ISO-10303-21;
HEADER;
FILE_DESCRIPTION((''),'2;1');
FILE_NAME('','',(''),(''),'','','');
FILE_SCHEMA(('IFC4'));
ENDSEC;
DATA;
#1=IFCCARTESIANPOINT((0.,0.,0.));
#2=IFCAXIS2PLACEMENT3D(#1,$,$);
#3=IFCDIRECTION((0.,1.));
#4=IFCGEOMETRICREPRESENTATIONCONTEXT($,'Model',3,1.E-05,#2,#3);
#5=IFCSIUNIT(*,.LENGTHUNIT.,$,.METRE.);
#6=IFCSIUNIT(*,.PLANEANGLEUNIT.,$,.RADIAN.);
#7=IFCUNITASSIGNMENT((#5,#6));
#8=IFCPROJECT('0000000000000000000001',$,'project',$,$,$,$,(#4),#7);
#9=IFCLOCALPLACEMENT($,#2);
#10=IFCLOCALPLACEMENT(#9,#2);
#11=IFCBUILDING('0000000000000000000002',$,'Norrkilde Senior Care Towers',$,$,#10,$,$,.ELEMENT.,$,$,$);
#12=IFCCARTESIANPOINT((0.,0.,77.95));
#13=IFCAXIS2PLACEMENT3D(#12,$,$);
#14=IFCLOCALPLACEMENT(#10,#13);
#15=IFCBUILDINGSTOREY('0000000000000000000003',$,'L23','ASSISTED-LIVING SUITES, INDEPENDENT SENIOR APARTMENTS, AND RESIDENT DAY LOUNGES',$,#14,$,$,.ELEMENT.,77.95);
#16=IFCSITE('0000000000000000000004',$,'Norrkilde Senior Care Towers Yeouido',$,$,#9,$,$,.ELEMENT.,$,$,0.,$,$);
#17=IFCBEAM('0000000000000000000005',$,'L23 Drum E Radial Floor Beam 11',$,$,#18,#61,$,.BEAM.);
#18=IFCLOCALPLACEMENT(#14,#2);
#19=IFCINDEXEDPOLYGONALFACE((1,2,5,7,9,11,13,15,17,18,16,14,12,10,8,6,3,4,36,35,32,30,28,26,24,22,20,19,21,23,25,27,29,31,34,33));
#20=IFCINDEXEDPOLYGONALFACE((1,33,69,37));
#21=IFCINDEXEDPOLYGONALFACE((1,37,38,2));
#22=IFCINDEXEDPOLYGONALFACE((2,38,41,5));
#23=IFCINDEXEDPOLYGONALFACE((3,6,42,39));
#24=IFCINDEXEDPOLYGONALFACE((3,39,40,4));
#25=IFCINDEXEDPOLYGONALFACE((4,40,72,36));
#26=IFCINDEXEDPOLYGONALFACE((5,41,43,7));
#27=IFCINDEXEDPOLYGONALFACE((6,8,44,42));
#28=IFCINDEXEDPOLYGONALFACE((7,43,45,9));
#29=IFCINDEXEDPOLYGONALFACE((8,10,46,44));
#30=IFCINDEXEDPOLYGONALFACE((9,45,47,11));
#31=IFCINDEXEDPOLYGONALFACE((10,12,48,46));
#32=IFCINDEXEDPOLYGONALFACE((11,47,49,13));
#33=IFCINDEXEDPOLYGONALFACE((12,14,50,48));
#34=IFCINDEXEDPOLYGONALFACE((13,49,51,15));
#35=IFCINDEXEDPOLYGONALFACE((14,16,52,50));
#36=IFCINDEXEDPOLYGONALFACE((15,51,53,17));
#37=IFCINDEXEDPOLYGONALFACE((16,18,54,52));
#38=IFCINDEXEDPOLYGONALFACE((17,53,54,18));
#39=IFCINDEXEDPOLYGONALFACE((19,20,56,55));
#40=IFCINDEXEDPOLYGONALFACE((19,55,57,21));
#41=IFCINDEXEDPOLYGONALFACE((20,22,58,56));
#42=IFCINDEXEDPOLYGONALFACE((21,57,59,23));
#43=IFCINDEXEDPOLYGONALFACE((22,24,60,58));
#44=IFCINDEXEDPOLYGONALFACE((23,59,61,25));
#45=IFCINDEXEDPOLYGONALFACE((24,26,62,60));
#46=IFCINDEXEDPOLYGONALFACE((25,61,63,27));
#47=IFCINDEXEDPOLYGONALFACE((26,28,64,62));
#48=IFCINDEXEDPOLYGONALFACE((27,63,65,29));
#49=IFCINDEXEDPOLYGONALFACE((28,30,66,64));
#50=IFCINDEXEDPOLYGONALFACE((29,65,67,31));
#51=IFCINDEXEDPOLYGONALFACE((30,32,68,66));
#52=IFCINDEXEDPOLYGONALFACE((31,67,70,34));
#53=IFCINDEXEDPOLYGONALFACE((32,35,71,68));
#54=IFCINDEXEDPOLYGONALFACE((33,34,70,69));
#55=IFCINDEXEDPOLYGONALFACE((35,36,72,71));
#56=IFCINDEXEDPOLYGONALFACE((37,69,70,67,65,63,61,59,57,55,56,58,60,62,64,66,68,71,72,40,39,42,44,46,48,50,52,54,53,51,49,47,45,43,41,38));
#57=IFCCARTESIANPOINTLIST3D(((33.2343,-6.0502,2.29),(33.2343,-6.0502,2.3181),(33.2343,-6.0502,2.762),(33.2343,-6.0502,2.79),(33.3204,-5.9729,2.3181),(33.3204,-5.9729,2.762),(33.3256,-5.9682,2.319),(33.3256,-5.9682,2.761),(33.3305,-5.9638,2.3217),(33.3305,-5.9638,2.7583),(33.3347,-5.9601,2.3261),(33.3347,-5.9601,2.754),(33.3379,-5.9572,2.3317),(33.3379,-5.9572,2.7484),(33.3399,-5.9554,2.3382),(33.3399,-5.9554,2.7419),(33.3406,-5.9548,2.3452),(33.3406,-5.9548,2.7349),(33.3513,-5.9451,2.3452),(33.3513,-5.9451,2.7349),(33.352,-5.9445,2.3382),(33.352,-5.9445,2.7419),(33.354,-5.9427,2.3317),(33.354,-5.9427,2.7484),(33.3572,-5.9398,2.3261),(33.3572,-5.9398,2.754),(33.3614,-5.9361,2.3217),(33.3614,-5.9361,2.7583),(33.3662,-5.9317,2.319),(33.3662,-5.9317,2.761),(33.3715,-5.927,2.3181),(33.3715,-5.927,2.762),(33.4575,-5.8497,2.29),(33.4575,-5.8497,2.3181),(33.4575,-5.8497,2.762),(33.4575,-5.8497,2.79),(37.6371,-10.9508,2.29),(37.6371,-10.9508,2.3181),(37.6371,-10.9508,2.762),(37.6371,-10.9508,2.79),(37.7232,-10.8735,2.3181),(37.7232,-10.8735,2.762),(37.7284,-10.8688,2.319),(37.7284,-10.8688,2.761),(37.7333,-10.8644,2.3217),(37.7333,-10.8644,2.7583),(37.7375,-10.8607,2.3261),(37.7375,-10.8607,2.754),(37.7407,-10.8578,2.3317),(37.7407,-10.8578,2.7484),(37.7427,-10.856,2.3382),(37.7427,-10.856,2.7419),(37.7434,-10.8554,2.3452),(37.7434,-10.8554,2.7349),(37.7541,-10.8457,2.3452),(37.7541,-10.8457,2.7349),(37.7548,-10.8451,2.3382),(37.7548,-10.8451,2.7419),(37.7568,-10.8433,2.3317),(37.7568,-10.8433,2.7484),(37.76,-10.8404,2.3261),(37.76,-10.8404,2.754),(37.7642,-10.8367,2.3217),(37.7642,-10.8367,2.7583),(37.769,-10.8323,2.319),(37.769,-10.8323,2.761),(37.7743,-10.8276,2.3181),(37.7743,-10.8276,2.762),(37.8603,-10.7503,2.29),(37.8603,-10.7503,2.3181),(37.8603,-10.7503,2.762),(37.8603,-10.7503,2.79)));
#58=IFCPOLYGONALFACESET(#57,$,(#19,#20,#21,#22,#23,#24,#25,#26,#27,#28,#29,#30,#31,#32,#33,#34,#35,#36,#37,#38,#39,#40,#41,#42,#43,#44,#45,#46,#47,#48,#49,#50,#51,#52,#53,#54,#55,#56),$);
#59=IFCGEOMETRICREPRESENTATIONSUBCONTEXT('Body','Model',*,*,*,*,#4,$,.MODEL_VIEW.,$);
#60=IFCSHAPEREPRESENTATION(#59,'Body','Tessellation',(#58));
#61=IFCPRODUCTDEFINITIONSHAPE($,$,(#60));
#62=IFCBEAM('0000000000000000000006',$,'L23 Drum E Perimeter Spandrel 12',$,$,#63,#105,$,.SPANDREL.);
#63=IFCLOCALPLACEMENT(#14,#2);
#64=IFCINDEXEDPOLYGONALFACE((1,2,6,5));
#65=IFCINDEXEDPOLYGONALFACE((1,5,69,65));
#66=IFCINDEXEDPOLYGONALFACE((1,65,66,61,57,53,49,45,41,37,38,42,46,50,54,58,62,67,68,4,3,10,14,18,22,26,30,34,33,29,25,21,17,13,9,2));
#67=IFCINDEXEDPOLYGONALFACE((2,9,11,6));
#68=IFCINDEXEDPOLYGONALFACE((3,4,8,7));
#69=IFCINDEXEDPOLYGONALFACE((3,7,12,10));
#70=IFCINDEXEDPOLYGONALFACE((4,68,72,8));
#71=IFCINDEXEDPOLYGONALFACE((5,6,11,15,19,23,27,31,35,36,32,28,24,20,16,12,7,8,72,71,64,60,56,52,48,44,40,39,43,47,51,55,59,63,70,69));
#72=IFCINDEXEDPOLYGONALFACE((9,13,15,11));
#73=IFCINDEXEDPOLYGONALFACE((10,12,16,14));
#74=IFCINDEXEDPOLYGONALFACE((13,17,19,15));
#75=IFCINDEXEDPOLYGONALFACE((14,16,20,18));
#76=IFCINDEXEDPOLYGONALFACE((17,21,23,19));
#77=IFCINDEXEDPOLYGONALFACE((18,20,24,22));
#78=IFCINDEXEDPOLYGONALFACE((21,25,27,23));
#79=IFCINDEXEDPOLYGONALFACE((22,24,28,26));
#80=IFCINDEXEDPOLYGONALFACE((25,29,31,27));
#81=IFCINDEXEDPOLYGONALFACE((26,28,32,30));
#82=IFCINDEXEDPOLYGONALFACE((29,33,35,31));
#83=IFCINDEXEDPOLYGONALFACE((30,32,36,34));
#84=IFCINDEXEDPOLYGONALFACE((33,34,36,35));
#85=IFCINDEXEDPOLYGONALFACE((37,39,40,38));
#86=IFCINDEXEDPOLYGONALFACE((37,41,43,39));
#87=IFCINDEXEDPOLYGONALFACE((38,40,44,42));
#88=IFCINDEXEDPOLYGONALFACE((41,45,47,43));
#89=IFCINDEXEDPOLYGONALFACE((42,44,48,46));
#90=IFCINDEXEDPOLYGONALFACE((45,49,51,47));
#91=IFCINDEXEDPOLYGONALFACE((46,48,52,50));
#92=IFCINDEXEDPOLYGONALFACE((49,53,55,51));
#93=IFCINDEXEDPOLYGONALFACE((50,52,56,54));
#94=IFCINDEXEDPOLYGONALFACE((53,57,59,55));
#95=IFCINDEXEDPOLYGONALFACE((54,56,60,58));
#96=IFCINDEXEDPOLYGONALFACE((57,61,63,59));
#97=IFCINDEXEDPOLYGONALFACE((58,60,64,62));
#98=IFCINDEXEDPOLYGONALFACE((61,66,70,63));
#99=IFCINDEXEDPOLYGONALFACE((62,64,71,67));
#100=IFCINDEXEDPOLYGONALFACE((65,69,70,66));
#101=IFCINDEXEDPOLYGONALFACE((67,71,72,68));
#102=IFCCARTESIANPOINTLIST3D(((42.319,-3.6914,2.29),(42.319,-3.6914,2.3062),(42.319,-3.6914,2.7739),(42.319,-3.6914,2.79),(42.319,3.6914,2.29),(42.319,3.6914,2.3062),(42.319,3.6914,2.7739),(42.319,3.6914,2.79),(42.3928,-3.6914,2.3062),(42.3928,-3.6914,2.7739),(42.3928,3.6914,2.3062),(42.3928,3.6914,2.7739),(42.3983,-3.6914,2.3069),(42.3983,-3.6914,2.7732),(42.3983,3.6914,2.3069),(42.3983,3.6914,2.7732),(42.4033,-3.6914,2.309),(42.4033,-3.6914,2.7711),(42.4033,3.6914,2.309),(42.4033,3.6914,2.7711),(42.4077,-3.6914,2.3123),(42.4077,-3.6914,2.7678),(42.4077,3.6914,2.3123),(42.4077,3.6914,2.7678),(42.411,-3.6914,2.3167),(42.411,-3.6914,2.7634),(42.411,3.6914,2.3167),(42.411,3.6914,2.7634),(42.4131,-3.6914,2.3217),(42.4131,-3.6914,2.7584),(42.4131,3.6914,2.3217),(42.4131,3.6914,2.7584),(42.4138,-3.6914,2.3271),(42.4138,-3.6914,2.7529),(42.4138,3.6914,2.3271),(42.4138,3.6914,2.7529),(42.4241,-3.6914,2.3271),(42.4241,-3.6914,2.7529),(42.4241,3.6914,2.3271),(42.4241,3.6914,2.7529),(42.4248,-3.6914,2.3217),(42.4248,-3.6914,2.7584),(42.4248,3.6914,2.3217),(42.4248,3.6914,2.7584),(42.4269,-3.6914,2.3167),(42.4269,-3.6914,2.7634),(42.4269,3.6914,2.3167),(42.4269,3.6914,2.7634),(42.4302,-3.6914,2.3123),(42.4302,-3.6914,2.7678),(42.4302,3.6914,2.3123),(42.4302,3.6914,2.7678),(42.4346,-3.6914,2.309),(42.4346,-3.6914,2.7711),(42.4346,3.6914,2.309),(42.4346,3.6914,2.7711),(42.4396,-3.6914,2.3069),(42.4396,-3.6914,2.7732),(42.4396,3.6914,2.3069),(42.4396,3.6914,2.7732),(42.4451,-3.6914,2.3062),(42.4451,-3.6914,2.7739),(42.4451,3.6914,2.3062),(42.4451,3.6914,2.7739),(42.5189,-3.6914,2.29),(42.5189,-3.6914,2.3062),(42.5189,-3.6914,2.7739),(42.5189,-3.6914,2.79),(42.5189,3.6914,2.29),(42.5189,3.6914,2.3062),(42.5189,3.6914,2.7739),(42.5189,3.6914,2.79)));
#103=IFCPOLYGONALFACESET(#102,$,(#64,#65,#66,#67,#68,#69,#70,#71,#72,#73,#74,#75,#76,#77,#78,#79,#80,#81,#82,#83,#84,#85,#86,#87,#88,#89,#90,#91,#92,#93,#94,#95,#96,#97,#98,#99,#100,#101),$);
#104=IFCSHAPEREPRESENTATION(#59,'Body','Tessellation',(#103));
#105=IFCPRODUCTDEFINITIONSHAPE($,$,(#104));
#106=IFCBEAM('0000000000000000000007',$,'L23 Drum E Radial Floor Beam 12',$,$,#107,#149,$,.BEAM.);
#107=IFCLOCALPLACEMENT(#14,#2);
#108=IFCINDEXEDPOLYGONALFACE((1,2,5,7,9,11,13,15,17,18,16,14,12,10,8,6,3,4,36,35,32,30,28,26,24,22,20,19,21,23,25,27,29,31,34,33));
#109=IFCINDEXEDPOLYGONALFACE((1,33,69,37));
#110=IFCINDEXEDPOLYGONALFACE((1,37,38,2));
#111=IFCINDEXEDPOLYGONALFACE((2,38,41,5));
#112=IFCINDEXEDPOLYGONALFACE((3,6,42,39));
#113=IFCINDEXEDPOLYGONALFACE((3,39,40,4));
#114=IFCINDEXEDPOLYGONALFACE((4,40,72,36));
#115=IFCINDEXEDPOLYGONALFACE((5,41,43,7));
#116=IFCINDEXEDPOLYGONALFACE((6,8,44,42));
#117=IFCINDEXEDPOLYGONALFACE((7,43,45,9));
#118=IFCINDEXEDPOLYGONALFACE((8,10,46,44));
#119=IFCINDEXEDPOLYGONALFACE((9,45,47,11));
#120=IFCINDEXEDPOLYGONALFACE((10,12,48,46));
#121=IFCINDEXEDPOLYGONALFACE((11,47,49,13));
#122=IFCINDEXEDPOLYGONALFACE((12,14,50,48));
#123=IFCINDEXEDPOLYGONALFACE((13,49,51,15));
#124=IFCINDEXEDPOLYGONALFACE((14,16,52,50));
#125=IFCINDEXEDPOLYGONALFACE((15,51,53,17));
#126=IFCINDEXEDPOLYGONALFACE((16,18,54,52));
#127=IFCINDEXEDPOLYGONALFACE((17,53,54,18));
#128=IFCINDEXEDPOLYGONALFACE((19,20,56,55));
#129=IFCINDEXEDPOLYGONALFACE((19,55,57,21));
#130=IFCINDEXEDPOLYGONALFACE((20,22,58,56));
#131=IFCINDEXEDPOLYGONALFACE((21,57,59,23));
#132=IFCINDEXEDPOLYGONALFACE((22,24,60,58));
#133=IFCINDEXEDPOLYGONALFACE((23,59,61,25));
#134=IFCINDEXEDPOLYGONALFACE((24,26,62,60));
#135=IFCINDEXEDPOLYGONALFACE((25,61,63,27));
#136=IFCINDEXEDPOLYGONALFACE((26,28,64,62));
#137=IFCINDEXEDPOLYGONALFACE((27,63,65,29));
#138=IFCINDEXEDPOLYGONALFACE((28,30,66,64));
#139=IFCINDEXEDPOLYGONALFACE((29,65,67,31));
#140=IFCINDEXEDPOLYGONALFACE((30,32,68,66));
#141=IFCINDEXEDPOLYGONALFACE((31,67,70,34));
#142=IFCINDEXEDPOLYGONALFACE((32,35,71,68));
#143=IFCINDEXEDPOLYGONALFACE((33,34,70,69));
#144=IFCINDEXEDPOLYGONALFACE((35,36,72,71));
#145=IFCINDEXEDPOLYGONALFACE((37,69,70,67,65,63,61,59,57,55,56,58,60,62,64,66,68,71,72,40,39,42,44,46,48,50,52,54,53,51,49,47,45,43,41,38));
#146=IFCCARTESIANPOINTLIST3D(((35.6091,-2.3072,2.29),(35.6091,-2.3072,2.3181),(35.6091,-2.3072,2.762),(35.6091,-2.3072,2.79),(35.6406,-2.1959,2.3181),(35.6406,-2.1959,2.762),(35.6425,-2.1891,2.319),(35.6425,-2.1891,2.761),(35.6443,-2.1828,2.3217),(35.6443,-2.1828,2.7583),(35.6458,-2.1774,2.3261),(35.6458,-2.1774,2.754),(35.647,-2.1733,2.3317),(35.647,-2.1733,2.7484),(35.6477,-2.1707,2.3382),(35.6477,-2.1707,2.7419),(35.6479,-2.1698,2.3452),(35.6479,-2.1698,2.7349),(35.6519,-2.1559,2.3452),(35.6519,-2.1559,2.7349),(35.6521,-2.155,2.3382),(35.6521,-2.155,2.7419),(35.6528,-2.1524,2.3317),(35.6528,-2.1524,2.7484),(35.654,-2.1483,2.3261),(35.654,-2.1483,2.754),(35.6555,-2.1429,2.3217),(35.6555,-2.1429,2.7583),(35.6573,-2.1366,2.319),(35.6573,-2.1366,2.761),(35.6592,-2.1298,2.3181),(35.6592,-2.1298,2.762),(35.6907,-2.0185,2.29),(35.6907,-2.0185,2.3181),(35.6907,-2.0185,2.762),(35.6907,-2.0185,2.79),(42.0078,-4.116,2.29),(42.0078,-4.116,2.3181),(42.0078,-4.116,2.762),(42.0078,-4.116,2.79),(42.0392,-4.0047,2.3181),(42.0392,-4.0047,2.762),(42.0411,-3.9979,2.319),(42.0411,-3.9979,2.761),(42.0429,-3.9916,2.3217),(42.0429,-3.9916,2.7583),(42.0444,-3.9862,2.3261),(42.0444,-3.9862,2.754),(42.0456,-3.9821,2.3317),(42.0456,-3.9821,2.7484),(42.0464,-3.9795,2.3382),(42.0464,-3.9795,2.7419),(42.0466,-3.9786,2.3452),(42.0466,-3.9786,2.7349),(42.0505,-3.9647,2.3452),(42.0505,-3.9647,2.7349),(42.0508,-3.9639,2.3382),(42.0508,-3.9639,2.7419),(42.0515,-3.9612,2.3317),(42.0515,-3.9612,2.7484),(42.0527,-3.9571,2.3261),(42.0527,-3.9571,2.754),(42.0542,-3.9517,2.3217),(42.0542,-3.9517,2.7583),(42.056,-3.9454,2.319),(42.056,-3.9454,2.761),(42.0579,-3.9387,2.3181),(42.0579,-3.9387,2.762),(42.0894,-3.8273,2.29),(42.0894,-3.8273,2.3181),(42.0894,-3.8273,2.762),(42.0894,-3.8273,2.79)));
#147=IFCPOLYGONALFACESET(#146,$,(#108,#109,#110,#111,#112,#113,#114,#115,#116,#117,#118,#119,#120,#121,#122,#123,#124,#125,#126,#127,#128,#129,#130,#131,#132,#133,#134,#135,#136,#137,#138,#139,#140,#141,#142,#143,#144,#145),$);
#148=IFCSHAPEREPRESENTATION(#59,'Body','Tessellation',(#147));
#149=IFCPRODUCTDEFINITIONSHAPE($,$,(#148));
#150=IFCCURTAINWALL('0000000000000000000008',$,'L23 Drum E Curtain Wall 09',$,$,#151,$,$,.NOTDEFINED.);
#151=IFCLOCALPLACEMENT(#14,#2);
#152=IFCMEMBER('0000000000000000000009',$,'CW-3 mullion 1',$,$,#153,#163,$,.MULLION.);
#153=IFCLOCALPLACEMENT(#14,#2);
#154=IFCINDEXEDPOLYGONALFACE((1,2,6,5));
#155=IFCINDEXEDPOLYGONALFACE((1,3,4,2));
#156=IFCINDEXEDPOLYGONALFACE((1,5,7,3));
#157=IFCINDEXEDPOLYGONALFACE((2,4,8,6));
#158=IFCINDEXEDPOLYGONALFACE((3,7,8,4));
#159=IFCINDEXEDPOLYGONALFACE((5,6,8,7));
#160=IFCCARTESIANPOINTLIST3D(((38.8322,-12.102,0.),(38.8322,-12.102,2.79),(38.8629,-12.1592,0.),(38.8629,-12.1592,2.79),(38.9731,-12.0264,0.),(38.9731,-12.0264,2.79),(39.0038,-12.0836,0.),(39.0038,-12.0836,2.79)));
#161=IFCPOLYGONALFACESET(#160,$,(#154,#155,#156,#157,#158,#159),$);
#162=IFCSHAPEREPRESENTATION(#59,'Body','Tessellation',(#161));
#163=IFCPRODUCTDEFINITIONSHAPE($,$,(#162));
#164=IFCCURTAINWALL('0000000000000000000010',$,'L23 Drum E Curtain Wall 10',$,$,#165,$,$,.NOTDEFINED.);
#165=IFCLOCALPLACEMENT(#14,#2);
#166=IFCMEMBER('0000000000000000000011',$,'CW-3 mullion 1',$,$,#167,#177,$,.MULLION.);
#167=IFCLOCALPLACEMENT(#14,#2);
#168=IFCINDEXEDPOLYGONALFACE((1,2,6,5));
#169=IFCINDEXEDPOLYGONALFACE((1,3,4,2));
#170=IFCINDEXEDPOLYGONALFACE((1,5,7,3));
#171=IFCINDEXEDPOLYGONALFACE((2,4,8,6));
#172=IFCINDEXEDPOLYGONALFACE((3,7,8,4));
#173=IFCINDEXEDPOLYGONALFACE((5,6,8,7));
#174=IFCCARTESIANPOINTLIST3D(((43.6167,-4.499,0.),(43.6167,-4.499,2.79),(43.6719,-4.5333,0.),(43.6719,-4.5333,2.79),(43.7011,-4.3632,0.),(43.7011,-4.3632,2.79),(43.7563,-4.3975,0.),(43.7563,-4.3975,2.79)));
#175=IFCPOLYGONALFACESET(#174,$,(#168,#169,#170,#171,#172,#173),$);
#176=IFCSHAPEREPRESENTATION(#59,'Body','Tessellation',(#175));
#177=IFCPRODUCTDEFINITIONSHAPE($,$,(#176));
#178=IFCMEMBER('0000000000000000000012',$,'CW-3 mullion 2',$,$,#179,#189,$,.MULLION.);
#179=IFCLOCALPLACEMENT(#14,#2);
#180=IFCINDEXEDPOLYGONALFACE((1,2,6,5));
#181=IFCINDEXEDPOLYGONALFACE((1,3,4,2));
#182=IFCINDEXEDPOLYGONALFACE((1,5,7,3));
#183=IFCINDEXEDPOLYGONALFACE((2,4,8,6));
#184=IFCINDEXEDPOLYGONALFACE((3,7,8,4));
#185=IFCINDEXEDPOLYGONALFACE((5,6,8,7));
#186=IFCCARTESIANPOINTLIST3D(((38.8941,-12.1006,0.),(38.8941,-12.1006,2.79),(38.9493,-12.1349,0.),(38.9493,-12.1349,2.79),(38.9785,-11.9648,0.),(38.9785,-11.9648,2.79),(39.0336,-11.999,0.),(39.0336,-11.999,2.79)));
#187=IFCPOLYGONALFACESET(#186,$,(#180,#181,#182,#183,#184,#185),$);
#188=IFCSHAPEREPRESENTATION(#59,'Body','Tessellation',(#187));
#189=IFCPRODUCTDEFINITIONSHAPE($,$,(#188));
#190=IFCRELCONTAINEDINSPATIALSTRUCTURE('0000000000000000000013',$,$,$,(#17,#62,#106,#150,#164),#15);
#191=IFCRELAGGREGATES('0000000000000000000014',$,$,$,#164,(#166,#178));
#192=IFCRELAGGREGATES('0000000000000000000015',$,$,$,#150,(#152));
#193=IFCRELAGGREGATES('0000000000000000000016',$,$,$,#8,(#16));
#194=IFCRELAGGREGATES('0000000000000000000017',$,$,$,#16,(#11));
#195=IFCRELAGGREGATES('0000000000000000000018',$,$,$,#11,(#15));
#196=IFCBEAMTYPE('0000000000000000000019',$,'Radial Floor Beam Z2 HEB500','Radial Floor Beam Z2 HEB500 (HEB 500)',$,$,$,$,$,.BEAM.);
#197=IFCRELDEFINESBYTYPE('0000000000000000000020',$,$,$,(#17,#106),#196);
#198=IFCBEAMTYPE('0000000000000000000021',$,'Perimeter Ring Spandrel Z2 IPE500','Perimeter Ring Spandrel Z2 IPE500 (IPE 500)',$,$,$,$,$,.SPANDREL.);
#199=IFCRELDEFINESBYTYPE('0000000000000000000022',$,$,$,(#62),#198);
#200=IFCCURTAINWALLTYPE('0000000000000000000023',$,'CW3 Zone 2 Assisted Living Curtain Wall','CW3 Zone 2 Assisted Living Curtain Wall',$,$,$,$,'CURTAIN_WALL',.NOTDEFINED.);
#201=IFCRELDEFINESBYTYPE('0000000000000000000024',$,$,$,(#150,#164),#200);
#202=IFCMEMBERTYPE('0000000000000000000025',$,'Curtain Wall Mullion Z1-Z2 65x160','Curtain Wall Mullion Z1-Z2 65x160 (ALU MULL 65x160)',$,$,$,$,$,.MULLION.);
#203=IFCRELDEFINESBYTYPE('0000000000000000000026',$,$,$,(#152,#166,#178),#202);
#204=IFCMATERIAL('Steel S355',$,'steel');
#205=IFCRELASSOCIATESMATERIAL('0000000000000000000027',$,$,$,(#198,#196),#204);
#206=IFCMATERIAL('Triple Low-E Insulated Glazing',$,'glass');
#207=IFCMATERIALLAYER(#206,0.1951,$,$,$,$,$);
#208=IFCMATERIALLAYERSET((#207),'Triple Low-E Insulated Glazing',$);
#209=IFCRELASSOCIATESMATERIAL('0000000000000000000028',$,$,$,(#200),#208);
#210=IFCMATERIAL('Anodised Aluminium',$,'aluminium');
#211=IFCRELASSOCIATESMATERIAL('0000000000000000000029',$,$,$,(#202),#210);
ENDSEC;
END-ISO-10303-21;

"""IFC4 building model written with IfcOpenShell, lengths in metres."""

from ifc_helpers import new_model, si_unit, direction, frame, origin, origin_2d, place, context, subcontext, project, spatial, rectangle, i_section, extrude, source, transform, mapped, material, layer, layer_set, material_profile, profile_set, type_object, type_shapes, element, aggregate, save


model = new_model("IFC4")

# Units and contexts
model_context = context("Model", 3, precision=1e-05, world=origin(), true_north=direction((0.0, 1.0)))
body_context = subcontext(model_context, "Body", "Model", "MODEL_VIEW")
ifc_project = project(units=[si_unit("LENGTHUNIT", "METRE"), si_unit("PLANEANGLEUNIT", "RADIAN")], contexts=[model_context])

# Site, building, storey
site_placement = place(None, origin())
site = spatial("IfcSite", under=ifc_project, at=site_placement, Name="Norrkilde Senior Care Towers Yeouido", CompositionType="ELEMENT", RefElevation=0.0)
building_placement = place(site_placement, origin())
building = spatial("IfcBuilding", under=site, at=building_placement, Name="Norrkilde Senior Care Towers", CompositionType="ELEMENT")
storey_placement = place(building_placement, frame((0.0, 0.0, 77.95)))
storey = spatial("IfcBuildingStorey", under=building, at=storey_placement, Name="L23", Description="ASSISTED-LIVING SUITES, INDEPENDENT SENIOR APARTMENTS, AND RESIDENT DAY LOUNGES", CompositionType="ELEMENT", Elevation=77.95)

# Beams
ifc_material_1 = material(Name="Steel S355", Category="steel")
ifc_material_profile_1 = material_profile(ifc_material_1, i_section(OverallWidth=0.2, OverallDepth=0.5, WebThickness=0.0103, FlangeThickness=0.0161, FilletRadius=0.021, at=origin_2d()), Name="IPE 500")
ifc_profile_set_1 = profile_set([ifc_material_profile_1], Name="Steel S355")
beam_type_1 = type_object("IfcBeamType", Name="Perimeter Ring Spandrel Z2 IPE500", Description="Perimeter Ring Spandrel Z2 IPE500 (IPE 500)", PredefinedType="SPANDREL", material=ifc_profile_set_1)
ifc_material_profile_2 = material_profile(ifc_material_1, i_section(OverallWidth=0.3, OverallDepth=0.5, WebThickness=0.0144, FlangeThickness=0.0281, FilletRadius=0.0271, at=origin_2d()), Name="HEB 500")
ifc_profile_set_2 = profile_set([ifc_material_profile_2], Name="Steel S355")
beam_type_2 = type_object("IfcBeamType", Name="Radial Floor Beam Z2 HEB500", Description="Radial Floor Beam Z2 HEB500 (HEB 500)", PredefinedType="BEAM", material=ifc_profile_set_2)
shared_shape_1 = source(origin(), body_context, "Body", "SweptSolid", [
    extrude(i_section(OverallWidth=0.3, OverallDepth=0.5, WebThickness=0.0144, FlangeThickness=0.0281, FilletRadius=0.0271, at=origin_2d()), origin(), (0.0, 0.0, 1.0), 6.5879),
])
beam_1_placement = place(storey_placement, frame((33.3459, -5.95, 2.54), z_axis=(0.668315, -0.743878, 0.0), x_axis=(0.743878, 0.668315, 0.0)))
element("IfcBeam", 1, at=beam_1_placement, inside=storey, type_object=beam_type_2, Name="L23 Drum E Radial Floor Beam 11", PredefinedType="BEAM", context=body_context, shape_type="MappedRepresentation", body=[
    mapped(shared_shape_1, transform((0.0, 0.0, 0.0), x_axis=(1.0, 0.0, 0.0), y_axis=(0.0, 1.0, 0.0), z_axis=(0.0, 0.0, 1.0), scale=1.0)),
])
shared_shape_2 = source(origin(), body_context, "Body", "SweptSolid", [
    extrude(i_section(OverallWidth=0.2, OverallDepth=0.5, WebThickness=0.0103, FlangeThickness=0.0161, FilletRadius=0.021, at=origin_2d()), origin(), (0.0, 0.0, 1.0), 7.3828),
])
beam_2_placement = place(storey_placement, frame((42.4189, -3.6914, 2.54), z_axis=(0.0, 1.0, 0.0), x_axis=(-1.0, 0.0, 0.0)))
element("IfcBeam", 2, at=beam_2_placement, inside=storey, type_object=beam_type_1, Name="L23 Drum E Perimeter Spandrel 12", PredefinedType="SPANDREL", context=body_context, shape_type="MappedRepresentation", body=[
    mapped(shared_shape_2, transform((0.0, 0.0, 0.0), x_axis=(1.0, 0.0, 0.0), y_axis=(0.0, 1.0, 0.0), z_axis=(0.0, 0.0, 1.0), scale=1.0)),
])
shared_shape_3 = source(origin(), body_context, "Body", "SweptSolid", [
    extrude(i_section(OverallWidth=0.3, OverallDepth=0.5, WebThickness=0.0144, FlangeThickness=0.0281, FilletRadius=0.0271, at=origin_2d()), origin(), (0.0, 0.0, 1.0), 6.6494),
])
type_shapes(beam_type_2, [shared_shape_1, shared_shape_3])
beam_3_placement = place(storey_placement, frame((35.6499, -2.1628, 2.54), z_axis=(0.962289, -0.272029, 0.0), x_axis=(0.272029, 0.962289, 0.0)))
element("IfcBeam", 3, at=beam_3_placement, inside=storey, type_object=beam_type_2, Name="L23 Drum E Radial Floor Beam 12", PredefinedType="BEAM", context=body_context, shape_type="MappedRepresentation", body=[
    mapped(shared_shape_3, transform((0.0, 0.0, 0.0), x_axis=(1.0, 0.0, 0.0), y_axis=(0.0, 1.0, 0.0), z_axis=(0.0, 0.0, 1.0), scale=1.0)),
])

# Curtain wall, member
ifc_material_2 = material(Name="Triple Low-E Insulated Glazing", Category="glass")
ifc_layer_1 = layer(ifc_material_2, 0.1951)
ifc_layer_set_1 = layer_set([ifc_layer_1], Name="Triple Low-E Insulated Glazing")
curtain_wall_type = type_object("IfcCurtainWallType", Name="CW3 Zone 2 Assisted Living Curtain Wall", Description="CW3 Zone 2 Assisted Living Curtain Wall", ElementType="CURTAIN_WALL", PredefinedType="NOTDEFINED", material=ifc_layer_set_1)
curtain_wall_1_placement = place(storey_placement, origin())
curtain_wall_1 = element("IfcCurtainWall", 4, at=curtain_wall_1_placement, inside=storey, type_object=curtain_wall_type, Name="L23 Drum E Curtain Wall 09", PredefinedType="NOTDEFINED")
ifc_material_3 = material(Name="Anodised Aluminium", Category="aluminium")
ifc_material_profile_3 = material_profile(ifc_material_3, rectangle(XDim=0.0649, YDim=0.1599, at=origin_2d()), Name="ALU MULL 65x160")
ifc_profile_set_3 = profile_set([ifc_material_profile_3], Name="Anodised Aluminium")
member_type_1 = type_object("IfcMemberType", Name="Curtain Wall Mullion Z1-Z2 65x160", Description="Curtain Wall Mullion Z1-Z2 65x160 (ALU MULL 65x160)", PredefinedType="MULLION", material=ifc_profile_set_3)
shared_shape_4 = source(origin(), body_context, "Body", "SweptSolid", [
    extrude(rectangle(XDim=0.0649, YDim=0.1599, at=origin_2d()), origin(), (0.0, 0.0, 1.0), 2.79),
])
type_shapes(member_type_1, [shared_shape_4])
member_1_placement = place(storey_placement, frame((38.918, -12.0928, 0.0), z_axis=(0.0, 0.0, 1.0), x_axis=(0.472769, -0.881186, 0.0)))
member_1 = element("IfcMember", 5, at=member_1_placement, type_object=member_type_1, Name="CW-3 mullion 1", PredefinedType="MULLION", context=body_context, shape_type="MappedRepresentation", body=[
    mapped(shared_shape_4, transform((0.0, 0.0, 0.0), x_axis=(1.0, 0.0, 0.0), y_axis=(0.0, 1.0, 0.0), z_axis=(0.0, 0.0, 1.0), scale=1.0)),
])

# Curtain wall, members
curtain_wall_2_placement = place(storey_placement, origin())
curtain_wall_2 = element("IfcCurtainWall", 6, at=curtain_wall_2_placement, inside=storey, type_object=curtain_wall_type, Name="L23 Drum E Curtain Wall 10", PredefinedType="NOTDEFINED")
member_2_placement = place(storey_placement, frame((43.6865, -4.4482, 0.0), z_axis=(0.0, 0.0, 1.0), x_axis=(0.84941, -0.527733, 0.0)))
member_2 = element("IfcMember", 7, at=member_2_placement, type_object=member_type_1, Name="CW-3 mullion 1", PredefinedType="MULLION", context=body_context, shape_type="MappedRepresentation", body=[
    mapped(shared_shape_4, transform((0.0, 0.0, 0.0), x_axis=(1.0, 0.0, 0.0), y_axis=(0.0, 1.0, 0.0), z_axis=(0.0, 0.0, 1.0), scale=1.0)),
])
member_3_placement = place(storey_placement, frame((38.9639, -12.0498, 0.0), z_axis=(0.0, 0.0, 1.0), x_axis=(0.84941, -0.527733, 0.0)))
member_3 = element("IfcMember", 8, at=member_3_placement, type_object=member_type_1, Name="CW-3 mullion 2", PredefinedType="MULLION", context=body_context, shape_type="MappedRepresentation", body=[
    mapped(shared_shape_4, transform((0.0, 0.0, 0.0), x_axis=(1.0, 0.0, 0.0), y_axis=(0.0, 1.0, 0.0), z_axis=(0.0, 0.0, 1.0), scale=1.0)),
])

aggregate(curtain_wall_2, [member_2, member_3])
aggregate(curtain_wall_1, [member_1])

save(model, "model.ifc")
